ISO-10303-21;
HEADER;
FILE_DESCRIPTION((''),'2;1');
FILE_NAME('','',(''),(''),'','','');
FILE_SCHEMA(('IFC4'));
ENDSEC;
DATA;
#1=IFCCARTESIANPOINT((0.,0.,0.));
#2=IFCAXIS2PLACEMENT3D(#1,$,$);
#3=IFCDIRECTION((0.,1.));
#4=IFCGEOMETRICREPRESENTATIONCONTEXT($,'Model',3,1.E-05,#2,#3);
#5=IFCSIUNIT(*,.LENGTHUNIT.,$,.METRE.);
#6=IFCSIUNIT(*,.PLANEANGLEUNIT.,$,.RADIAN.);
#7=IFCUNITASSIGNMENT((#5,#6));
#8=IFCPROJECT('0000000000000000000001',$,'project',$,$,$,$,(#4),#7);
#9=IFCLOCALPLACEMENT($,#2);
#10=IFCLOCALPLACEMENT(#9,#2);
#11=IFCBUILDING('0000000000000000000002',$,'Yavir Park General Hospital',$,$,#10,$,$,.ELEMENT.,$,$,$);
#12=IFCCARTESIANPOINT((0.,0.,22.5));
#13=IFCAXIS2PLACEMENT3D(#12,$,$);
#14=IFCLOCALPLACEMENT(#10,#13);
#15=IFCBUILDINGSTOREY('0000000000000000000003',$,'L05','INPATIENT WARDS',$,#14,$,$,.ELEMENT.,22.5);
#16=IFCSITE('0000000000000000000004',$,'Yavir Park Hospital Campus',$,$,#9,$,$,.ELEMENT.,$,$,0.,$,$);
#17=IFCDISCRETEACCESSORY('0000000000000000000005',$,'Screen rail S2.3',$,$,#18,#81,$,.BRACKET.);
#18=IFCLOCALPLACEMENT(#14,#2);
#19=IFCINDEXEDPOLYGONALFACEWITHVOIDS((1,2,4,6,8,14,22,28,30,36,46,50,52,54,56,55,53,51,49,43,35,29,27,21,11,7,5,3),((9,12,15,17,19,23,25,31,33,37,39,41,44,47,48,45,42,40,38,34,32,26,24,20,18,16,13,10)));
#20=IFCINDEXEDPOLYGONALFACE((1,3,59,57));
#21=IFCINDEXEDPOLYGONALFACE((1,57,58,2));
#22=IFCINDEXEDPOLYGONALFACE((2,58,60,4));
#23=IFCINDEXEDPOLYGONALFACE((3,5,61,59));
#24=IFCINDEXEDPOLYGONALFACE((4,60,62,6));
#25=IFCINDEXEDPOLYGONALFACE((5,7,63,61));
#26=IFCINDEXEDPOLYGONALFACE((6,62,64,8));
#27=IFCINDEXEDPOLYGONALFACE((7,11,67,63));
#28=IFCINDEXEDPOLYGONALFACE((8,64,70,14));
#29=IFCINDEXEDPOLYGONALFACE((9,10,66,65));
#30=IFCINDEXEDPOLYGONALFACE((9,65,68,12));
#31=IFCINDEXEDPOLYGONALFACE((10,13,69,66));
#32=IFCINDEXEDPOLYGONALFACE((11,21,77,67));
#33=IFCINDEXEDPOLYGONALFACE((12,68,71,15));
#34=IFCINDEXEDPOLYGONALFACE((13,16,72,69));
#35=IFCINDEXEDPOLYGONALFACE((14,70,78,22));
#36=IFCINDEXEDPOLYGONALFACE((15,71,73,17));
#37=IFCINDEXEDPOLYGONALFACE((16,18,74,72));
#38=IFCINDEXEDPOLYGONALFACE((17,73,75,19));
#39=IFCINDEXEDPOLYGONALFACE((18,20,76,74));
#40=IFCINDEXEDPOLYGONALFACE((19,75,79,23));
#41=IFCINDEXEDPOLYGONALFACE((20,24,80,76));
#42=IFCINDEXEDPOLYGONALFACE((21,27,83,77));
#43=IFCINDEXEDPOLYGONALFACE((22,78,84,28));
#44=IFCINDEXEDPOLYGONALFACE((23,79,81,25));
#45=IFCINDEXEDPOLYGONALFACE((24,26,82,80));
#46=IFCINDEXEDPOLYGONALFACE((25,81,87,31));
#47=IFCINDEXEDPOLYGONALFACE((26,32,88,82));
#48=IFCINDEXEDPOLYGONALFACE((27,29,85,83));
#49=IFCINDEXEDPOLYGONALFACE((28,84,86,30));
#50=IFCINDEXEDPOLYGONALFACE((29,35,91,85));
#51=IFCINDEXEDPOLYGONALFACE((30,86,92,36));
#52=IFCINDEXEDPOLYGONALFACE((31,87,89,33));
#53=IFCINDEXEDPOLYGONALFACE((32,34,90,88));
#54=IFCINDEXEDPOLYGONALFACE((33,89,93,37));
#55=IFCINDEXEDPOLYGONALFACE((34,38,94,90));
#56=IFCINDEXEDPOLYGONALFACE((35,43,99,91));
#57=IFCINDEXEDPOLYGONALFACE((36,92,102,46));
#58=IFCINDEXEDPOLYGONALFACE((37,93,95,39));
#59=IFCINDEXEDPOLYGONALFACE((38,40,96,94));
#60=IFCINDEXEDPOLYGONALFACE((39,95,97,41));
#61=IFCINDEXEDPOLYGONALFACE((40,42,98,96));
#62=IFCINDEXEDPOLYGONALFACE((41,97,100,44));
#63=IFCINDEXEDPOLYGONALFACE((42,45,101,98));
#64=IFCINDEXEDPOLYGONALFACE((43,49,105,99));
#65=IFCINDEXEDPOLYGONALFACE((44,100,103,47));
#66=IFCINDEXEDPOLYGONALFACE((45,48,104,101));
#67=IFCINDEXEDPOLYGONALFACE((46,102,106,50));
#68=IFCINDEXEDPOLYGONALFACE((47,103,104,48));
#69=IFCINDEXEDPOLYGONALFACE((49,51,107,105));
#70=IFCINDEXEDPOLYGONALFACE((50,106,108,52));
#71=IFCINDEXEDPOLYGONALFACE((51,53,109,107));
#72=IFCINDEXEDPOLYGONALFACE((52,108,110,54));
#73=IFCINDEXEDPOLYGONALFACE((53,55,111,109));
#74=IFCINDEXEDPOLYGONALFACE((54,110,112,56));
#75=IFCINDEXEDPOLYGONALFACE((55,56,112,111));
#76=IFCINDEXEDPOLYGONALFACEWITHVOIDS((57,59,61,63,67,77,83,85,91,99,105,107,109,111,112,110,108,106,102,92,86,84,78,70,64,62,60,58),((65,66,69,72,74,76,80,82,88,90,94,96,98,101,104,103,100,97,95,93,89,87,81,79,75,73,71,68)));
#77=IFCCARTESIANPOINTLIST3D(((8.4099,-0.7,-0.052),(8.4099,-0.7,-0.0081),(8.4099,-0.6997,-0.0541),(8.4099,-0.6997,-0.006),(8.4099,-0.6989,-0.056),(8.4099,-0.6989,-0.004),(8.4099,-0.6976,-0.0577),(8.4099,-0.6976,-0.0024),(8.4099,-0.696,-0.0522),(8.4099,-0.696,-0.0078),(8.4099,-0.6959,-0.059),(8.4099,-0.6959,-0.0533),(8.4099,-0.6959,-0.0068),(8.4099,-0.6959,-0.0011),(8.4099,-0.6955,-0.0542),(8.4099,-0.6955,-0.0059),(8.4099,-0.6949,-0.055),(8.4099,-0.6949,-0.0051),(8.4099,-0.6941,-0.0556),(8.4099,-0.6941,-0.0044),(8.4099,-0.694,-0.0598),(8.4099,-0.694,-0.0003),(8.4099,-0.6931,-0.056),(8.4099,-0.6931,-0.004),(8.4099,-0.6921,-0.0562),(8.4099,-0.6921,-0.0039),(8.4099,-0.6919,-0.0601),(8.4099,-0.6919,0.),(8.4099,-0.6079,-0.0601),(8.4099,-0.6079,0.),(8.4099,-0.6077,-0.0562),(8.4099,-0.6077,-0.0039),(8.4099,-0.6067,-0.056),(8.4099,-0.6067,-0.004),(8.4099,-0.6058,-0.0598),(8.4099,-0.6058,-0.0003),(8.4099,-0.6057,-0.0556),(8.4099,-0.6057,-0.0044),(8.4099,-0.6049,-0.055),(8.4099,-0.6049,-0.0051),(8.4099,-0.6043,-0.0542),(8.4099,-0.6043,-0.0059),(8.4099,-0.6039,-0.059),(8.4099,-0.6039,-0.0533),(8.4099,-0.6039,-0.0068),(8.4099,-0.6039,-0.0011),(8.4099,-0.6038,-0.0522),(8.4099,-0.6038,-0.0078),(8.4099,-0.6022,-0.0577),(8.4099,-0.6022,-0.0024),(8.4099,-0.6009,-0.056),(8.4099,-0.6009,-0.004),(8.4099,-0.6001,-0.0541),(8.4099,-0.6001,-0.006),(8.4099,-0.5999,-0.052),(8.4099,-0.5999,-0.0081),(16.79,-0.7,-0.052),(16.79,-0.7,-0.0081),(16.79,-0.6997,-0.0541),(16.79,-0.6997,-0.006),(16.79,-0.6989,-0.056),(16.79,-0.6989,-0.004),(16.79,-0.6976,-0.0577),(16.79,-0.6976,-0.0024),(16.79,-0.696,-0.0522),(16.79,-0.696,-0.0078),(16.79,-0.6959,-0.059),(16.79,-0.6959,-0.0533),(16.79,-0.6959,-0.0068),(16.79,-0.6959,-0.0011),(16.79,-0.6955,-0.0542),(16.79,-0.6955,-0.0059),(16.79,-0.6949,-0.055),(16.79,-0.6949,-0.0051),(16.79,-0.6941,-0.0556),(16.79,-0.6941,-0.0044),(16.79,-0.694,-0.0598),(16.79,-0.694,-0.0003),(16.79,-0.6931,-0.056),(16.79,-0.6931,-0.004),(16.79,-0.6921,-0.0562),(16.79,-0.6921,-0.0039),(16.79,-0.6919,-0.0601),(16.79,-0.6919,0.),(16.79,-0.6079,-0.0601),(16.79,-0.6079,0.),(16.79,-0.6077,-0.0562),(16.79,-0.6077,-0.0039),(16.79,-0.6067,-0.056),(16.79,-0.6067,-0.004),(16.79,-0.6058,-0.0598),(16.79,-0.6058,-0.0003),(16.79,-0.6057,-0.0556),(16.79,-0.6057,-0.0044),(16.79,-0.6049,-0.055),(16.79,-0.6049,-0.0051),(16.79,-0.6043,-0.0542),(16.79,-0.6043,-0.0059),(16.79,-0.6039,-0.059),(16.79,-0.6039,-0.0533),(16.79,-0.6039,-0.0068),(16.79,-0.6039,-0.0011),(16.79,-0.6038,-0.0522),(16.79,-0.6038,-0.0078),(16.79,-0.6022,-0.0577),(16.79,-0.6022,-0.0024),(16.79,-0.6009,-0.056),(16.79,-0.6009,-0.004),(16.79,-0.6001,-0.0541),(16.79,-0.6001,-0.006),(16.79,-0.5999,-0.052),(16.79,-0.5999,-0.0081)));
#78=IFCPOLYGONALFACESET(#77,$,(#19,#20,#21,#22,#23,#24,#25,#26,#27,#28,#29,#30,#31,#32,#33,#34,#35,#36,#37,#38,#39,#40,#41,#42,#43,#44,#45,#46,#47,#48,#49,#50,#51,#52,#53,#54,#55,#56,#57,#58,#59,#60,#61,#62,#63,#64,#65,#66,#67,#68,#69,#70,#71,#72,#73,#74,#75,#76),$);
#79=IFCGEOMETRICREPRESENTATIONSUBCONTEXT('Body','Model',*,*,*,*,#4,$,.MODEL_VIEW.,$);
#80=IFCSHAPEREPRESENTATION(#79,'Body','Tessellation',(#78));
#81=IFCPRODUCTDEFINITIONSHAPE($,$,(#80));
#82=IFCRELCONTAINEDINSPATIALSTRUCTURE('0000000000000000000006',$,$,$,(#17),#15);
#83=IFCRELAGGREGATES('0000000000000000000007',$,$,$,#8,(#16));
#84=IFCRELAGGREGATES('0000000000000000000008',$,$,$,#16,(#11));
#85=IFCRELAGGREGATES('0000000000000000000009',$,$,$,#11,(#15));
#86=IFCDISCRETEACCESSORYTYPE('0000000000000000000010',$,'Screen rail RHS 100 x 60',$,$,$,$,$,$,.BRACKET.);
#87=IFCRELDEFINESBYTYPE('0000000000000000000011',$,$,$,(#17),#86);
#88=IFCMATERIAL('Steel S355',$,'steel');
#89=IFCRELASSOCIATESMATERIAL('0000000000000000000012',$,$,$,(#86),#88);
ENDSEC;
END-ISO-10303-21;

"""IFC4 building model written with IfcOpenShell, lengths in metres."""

from ifc_helpers import new_model, si_unit, direction, frame, origin, origin_2d, place, context, subcontext, project, spatial, hollow_rectangle, extrude, material, material_profile, profile_set, type_object, element, save


model = new_model("IFC4")

# Units and contexts
model_context = context("Model", 3, precision=1e-05, world=origin(), true_north=direction((0.0, 1.0)))
body_context = subcontext(model_context, "Body", "Model", "MODEL_VIEW")
ifc_project = project(units=[si_unit("LENGTHUNIT", "METRE"), si_unit("PLANEANGLEUNIT", "RADIAN")], contexts=[model_context])

# Site, building, storey
site_placement = place(None, origin())
site = spatial("IfcSite", under=ifc_project, at=site_placement, Name="Yavir Park Hospital Campus", CompositionType="ELEMENT", RefElevation=0.0)
building_placement = place(site_placement, origin())
building = spatial("IfcBuilding", under=site, at=building_placement, Name="Yavir Park General Hospital", CompositionType="ELEMENT")
storey_placement = place(building_placement, frame((0.0, 0.0, 22.5)))
storey = spatial("IfcBuildingStorey", under=building, at=storey_placement, Name="L05", Description="INPATIENT WARDS", CompositionType="ELEMENT", Elevation=22.5)

# Discrete accessory
ifc_material_1 = material(Name="Steel S355", Category="steel")
ifc_material_profile_1 = material_profile(ifc_material_1, hollow_rectangle(XDim=0.1001, YDim=0.0601, WallThickness=0.0039, InnerFilletRadius=0.0039, OuterFilletRadius=0.0081, at=origin_2d()), Name="RHS60x100x4")
ifc_profile_set_1 = profile_set([ifc_material_profile_1], Name="Steel S355")
discrete_accessory_type_1 = type_object("IfcDiscreteAccessoryType", Name="Screen rail RHS 100 x 60", PredefinedType="BRACKET", material=ifc_profile_set_1)
discrete_accessory_placement = place(storey_placement, frame((8.4099, -0.6499, -0.03), z_axis=(1.0, 0.0, 0.0), x_axis=(0.0, 1.0, 0.0)))
element("IfcDiscreteAccessory", 1, at=discrete_accessory_placement, inside=storey, type_object=discrete_accessory_type_1, Name="Screen rail S2.3", PredefinedType="BRACKET", context=body_context, shape_type="SweptSolid", body=[
    extrude(hollow_rectangle(XDim=0.1001, YDim=0.0601, WallThickness=0.0039, InnerFilletRadius=0.0039, OuterFilletRadius=0.0081, at=origin_2d()), origin(), (0.0, 0.0, 1.0), 8.3801),
])

save(model, "model.ifc")
